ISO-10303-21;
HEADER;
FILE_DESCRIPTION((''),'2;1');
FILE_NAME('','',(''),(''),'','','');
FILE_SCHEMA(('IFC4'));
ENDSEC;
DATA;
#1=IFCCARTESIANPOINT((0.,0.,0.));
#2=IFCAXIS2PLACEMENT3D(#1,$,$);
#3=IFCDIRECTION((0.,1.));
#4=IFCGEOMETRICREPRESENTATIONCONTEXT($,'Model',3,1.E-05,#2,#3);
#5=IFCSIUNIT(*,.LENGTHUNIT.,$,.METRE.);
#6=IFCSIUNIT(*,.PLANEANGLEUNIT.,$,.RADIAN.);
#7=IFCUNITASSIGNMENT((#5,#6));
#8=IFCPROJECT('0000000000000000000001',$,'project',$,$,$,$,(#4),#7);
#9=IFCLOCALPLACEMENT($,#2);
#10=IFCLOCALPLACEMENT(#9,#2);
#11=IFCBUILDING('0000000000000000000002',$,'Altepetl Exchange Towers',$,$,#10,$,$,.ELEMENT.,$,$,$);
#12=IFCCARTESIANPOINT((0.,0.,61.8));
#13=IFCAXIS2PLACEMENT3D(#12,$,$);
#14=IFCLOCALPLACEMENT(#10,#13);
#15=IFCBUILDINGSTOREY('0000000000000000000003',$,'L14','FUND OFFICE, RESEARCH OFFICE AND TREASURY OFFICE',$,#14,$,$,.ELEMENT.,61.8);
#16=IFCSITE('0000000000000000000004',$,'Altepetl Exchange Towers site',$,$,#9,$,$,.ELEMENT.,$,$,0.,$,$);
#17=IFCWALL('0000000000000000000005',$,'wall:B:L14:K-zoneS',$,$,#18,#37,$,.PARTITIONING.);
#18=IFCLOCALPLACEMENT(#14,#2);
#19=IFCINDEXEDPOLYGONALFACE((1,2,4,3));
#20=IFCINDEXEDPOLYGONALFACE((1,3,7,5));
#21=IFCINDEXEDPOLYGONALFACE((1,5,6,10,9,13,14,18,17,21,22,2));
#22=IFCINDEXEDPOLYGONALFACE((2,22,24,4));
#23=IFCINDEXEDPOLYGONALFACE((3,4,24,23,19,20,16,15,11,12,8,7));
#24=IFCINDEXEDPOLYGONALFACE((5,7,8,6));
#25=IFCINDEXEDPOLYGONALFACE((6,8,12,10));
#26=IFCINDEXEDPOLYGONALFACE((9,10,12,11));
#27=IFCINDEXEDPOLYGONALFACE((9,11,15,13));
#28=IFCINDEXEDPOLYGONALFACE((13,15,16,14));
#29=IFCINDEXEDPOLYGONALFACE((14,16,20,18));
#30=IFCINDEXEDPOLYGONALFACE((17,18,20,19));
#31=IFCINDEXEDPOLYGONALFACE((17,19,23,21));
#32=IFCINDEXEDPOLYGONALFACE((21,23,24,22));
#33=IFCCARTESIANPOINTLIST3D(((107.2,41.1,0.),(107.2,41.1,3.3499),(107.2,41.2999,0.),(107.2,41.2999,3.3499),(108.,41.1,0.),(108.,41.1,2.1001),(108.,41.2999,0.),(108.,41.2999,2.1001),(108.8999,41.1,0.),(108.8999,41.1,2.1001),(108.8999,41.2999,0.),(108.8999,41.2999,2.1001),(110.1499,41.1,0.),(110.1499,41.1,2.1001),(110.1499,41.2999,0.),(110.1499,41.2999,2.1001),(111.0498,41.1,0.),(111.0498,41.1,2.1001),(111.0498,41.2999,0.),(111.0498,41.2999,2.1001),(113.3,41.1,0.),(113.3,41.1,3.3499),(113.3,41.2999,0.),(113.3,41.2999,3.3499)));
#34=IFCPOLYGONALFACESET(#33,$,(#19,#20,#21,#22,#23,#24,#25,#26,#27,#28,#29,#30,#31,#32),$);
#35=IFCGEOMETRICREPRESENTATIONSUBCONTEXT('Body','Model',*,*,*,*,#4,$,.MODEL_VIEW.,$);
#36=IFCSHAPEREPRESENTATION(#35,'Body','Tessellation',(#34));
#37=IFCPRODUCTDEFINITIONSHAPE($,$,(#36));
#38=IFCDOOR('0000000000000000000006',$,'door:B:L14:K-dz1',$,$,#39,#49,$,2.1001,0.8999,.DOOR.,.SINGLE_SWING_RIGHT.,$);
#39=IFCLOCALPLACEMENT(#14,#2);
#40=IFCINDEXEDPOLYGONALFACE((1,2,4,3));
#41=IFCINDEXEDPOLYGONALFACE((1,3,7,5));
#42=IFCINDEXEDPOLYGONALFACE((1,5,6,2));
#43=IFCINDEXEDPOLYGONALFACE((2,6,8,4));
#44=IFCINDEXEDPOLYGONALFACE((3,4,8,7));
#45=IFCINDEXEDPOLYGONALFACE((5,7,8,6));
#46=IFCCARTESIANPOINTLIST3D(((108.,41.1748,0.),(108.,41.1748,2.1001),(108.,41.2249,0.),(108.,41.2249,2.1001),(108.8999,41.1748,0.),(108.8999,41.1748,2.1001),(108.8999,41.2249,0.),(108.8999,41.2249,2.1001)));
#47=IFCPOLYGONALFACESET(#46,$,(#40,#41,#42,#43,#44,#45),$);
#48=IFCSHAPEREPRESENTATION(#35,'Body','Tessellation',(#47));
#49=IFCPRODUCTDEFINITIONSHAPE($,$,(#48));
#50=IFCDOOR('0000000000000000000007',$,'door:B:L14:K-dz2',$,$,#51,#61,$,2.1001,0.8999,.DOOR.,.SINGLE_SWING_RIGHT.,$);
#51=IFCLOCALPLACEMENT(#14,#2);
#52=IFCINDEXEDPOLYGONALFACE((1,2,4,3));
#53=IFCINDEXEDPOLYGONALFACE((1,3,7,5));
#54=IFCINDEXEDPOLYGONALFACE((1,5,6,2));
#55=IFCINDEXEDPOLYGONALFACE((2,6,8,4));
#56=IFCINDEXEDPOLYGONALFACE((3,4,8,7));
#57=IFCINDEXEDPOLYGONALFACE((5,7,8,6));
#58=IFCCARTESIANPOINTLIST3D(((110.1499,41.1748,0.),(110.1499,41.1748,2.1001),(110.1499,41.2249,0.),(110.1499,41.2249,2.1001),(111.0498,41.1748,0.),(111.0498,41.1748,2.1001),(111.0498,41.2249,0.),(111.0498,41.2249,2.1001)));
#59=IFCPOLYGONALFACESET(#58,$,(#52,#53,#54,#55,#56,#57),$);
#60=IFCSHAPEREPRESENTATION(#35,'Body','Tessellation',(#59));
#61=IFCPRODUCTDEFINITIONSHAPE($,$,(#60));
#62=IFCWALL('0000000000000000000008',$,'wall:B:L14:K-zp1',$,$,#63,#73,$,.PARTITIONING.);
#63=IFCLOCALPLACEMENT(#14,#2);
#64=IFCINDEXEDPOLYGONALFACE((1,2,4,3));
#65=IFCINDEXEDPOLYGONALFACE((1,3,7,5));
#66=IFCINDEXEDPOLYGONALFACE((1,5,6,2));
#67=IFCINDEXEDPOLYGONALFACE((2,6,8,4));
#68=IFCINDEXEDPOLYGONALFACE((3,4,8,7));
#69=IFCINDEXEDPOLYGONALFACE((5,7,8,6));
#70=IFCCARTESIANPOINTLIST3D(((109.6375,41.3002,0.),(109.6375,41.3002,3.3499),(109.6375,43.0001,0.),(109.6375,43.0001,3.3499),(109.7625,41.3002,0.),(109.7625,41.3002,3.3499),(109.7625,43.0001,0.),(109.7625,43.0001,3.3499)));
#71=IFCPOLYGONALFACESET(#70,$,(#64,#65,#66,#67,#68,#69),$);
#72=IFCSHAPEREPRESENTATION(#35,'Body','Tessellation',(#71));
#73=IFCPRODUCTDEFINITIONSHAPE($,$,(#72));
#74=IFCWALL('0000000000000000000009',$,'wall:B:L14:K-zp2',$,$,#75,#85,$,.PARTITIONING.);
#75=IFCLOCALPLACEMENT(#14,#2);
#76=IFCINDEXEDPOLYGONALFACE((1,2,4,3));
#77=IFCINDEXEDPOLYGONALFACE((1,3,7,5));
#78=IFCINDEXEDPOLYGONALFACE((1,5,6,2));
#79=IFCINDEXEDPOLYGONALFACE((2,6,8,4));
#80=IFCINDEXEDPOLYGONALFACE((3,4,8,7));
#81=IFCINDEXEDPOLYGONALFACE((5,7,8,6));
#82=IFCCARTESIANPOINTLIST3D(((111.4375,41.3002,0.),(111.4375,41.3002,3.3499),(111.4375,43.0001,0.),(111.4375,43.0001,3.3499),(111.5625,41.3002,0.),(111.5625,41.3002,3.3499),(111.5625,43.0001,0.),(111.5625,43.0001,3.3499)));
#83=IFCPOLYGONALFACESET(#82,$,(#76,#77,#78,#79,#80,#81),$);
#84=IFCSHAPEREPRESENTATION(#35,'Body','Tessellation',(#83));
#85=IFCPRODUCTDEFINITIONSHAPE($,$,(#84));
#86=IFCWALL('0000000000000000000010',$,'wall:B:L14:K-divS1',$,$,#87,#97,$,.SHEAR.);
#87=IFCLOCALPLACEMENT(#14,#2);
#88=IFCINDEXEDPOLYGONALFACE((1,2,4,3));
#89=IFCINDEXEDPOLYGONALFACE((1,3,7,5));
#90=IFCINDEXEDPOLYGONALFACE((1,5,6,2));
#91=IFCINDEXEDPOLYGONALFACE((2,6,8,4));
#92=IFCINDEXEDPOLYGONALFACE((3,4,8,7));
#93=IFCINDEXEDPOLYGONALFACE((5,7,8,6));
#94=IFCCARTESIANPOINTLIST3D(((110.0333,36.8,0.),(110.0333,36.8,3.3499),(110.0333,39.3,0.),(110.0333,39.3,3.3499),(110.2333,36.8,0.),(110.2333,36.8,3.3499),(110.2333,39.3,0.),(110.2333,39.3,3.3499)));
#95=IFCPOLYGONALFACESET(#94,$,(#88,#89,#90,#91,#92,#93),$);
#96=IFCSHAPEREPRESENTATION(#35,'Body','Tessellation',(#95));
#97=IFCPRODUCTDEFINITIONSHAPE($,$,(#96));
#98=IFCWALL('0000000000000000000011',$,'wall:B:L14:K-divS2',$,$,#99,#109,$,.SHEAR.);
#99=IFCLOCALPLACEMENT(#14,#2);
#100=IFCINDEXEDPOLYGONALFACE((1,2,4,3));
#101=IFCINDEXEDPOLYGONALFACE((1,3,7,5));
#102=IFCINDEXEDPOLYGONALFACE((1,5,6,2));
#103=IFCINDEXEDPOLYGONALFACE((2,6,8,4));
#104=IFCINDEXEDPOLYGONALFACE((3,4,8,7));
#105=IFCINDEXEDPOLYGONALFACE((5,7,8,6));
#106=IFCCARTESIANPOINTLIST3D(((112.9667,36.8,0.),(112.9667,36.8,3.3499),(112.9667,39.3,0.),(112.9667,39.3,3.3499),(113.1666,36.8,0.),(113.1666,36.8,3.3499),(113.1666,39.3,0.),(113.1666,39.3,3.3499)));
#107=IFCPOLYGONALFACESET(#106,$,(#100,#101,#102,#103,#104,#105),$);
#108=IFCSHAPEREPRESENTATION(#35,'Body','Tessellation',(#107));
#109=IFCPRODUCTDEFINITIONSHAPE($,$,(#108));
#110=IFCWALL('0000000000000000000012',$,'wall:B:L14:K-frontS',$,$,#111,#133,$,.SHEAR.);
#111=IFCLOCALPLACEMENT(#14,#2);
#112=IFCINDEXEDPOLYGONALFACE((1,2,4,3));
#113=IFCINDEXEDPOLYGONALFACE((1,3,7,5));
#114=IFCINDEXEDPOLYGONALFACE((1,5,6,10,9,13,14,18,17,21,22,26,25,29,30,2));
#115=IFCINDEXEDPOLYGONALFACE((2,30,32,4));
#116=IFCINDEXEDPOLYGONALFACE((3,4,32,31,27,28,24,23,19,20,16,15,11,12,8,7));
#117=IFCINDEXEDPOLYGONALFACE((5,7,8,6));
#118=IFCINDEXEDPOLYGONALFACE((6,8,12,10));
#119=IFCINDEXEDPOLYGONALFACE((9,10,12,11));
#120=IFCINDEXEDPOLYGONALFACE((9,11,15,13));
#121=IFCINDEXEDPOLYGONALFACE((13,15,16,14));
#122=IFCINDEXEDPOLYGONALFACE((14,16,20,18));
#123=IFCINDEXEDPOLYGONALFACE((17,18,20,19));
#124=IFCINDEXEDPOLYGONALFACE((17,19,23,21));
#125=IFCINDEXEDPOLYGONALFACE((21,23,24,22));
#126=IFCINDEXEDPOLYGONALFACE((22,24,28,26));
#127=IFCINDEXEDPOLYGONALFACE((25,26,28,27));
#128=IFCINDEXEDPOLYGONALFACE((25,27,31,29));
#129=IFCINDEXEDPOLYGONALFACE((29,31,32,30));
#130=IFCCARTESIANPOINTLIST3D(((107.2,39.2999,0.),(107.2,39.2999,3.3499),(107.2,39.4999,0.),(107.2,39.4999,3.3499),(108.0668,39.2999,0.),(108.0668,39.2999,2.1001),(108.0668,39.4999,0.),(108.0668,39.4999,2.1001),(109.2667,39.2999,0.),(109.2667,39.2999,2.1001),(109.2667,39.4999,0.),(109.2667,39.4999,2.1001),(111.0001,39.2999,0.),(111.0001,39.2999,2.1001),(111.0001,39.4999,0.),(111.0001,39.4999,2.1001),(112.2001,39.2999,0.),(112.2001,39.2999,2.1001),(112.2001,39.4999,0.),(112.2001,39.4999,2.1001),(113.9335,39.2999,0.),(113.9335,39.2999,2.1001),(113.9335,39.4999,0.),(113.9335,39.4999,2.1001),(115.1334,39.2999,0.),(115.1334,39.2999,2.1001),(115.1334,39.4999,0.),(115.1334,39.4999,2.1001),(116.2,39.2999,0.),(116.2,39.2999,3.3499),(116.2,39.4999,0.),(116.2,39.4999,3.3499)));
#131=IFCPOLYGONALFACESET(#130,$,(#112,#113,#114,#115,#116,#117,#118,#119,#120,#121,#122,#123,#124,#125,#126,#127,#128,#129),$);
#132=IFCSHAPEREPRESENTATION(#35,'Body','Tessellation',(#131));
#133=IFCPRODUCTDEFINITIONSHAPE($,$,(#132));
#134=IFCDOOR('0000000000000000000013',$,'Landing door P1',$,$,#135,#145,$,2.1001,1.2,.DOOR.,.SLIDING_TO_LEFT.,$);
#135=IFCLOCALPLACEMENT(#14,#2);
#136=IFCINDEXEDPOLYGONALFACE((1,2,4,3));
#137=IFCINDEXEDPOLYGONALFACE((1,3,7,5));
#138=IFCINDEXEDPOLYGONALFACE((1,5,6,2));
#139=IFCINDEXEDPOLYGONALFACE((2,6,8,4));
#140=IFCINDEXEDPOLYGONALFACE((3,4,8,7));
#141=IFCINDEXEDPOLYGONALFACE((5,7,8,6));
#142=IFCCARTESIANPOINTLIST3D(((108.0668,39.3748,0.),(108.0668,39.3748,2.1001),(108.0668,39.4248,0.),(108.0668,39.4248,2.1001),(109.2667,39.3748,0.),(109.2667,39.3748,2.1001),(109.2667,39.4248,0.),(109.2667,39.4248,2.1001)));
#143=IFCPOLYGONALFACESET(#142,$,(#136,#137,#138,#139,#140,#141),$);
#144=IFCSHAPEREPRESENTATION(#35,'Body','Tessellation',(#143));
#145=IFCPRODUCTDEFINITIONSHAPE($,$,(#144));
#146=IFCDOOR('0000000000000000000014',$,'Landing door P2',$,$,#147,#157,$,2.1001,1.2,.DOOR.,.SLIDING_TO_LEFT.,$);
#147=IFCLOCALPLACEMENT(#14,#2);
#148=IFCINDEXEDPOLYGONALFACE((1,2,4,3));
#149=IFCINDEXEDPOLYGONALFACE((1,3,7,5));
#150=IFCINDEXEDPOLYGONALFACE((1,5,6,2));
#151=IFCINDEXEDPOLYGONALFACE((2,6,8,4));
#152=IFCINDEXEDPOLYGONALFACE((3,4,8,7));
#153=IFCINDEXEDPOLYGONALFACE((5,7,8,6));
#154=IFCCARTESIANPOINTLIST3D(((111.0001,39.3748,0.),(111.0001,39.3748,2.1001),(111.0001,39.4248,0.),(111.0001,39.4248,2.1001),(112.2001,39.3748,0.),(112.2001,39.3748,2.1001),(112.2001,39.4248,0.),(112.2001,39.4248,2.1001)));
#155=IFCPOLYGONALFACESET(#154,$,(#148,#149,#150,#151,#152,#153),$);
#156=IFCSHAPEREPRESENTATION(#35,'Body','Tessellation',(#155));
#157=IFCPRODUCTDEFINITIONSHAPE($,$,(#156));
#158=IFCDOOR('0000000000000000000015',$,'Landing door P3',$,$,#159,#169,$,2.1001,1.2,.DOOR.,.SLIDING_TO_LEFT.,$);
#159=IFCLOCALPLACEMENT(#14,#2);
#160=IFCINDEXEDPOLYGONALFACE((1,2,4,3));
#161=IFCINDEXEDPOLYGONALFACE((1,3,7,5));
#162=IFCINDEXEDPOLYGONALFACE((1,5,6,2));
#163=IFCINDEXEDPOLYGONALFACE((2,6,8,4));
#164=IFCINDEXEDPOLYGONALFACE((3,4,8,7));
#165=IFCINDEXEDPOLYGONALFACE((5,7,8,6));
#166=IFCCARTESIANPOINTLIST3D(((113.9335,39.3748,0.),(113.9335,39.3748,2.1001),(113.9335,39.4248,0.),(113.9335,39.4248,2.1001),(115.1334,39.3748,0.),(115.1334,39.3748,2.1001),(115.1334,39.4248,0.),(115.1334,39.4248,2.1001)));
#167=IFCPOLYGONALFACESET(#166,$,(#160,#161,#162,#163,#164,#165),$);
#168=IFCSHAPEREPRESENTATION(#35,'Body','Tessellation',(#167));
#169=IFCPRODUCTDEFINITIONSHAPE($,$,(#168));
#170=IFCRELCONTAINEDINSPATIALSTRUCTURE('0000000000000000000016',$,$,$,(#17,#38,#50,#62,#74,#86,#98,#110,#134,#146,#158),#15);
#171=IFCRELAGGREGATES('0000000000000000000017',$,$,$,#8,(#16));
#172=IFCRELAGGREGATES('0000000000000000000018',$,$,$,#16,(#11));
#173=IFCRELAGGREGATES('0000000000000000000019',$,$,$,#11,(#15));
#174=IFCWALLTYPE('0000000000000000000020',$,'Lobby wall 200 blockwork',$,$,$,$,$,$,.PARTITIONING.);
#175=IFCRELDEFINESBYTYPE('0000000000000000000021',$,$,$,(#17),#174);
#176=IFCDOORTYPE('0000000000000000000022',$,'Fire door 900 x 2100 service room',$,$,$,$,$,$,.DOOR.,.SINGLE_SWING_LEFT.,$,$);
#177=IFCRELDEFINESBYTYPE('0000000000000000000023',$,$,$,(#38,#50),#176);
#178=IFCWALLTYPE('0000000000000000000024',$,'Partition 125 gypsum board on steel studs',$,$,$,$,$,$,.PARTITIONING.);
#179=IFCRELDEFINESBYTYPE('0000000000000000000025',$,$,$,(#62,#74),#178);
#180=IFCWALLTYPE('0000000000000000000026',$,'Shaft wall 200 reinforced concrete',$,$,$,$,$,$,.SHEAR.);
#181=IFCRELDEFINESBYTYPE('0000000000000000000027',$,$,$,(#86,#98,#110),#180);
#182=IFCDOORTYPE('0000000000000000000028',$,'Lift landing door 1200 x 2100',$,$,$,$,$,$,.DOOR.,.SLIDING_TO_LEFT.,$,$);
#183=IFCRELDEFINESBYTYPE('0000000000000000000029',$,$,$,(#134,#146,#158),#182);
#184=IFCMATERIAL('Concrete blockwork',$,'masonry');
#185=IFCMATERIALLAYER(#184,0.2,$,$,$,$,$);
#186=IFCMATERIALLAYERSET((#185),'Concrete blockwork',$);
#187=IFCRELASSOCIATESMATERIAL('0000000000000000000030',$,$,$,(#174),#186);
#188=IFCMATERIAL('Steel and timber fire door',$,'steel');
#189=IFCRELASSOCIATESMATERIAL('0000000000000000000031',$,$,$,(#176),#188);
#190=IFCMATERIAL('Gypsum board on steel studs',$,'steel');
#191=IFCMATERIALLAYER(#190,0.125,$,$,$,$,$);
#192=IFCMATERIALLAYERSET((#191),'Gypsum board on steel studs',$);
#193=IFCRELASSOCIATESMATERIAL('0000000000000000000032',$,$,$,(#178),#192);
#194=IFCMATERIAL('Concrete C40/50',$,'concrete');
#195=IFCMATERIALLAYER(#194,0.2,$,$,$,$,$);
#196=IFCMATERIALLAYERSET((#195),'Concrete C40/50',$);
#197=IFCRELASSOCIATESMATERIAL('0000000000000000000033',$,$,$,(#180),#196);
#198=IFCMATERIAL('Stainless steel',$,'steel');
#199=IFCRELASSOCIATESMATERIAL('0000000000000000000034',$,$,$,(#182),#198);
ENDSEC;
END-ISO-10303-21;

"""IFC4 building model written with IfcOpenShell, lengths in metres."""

from ifc_helpers import new_model, si_unit, direction, frame, frame_2d, origin, place, context, subcontext, project, spatial, rectangle, extrude, material, layer, layer_set, type_object, element, fill, save


model = new_model("IFC4")

# Units and contexts
model_context = context("Model", 3, precision=1e-05, world=origin(), true_north=direction((0.0, 1.0)))
body_context = subcontext(model_context, "Body", "Model", "MODEL_VIEW")
ifc_project = project(units=[si_unit("LENGTHUNIT", "METRE"), si_unit("PLANEANGLEUNIT", "RADIAN")], contexts=[model_context])

# Site, building, storey
site_placement = place(None, origin())
site = spatial("IfcSite", under=ifc_project, at=site_placement, Name="Altepetl Exchange Towers site", CompositionType="ELEMENT", RefElevation=0.0)
building_placement = place(site_placement, origin())
building = spatial("IfcBuilding", under=site, at=building_placement, Name="Altepetl Exchange Towers", CompositionType="ELEMENT")
storey_placement = place(building_placement, frame((0.0, 0.0, 61.8)))
storey = spatial("IfcBuildingStorey", under=building, at=storey_placement, Name="L14", Description="FUND OFFICE, RESEARCH OFFICE AND TREASURY OFFICE", CompositionType="ELEMENT", Elevation=61.8)

# Shared definitions
ifc_material_1 = material(Name="Steel and timber fire door", Category="steel")

# Wall, openings, doors
ifc_material_2 = material(Name="Concrete blockwork", Category="masonry")
ifc_layer_1 = layer(ifc_material_2, 0.2)
ifc_layer_set_1 = layer_set([ifc_layer_1], Name="Concrete blockwork")
wall_type_1 = type_object("IfcWallType", Name="Lobby wall 200 blockwork", PredefinedType="PARTITIONING", material=ifc_layer_set_1)
wall_1_placement = place(storey_placement, frame((107.2, 41.2, 0.0)))
wall_1 = element("IfcWall", 1, at=wall_1_placement, inside=storey, type_object=wall_type_1, Name="wall:B:L14:K-zoneS", PredefinedType="PARTITIONING", context=body_context, shape_type="SweptSolid", body=[
    extrude(rectangle(XDim=6.1001, YDim=0.2, at=frame_2d((3.05, 0.0))), origin(), (0.0, 0.0, 1.0), 3.3499),
])
opening_1_placement = place(wall_1_placement, frame((0.8, 0.0, 0.0)))
opening_1 = element("IfcOpeningElement", 2, at=opening_1_placement, cuts=wall_1, PredefinedType="OPENING", context=body_context, shape_type="SweptSolid", body=[
    extrude(rectangle(XDim=0.8999, YDim=2.1001, at=frame_2d((0.45, 1.05))), frame((0.0, 0.1099, 0.0), z_axis=(0.0, -1.0, 0.0), x_axis=(1.0, 0.0, 0.0)), (0.0, 0.0, 1.0), 0.22),
])
opening_2_placement = place(wall_1_placement, frame((2.95, 0.0, 0.0)))
opening_2 = element("IfcOpeningElement", 3, at=opening_2_placement, cuts=wall_1, PredefinedType="OPENING", context=body_context, shape_type="SweptSolid", body=[
    extrude(rectangle(XDim=0.8999, YDim=2.1001, at=frame_2d((0.45, 1.05))), frame((0.0, 0.1099, 0.0), z_axis=(0.0, -1.0, 0.0), x_axis=(1.0, 0.0, 0.0)), (0.0, 0.0, 1.0), 0.22),
])
door_type_1 = type_object("IfcDoorType", Name="Fire door 900 x 2100 service room", OperationType="SINGLE_SWING_LEFT", PredefinedType="DOOR", material=ifc_material_1)
door_1_placement = place(opening_1_placement, origin())
door_1 = element("IfcDoor", 4, at=door_1_placement, inside=storey, type_object=door_type_1, Name="door:B:L14:K-dz1", OperationType="SINGLE_SWING_RIGHT", OverallHeight=2.1001, OverallWidth=0.8999, PredefinedType="DOOR", context=body_context, shape_type="SweptSolid", body=[
    extrude(rectangle(XDim=0.8999, YDim=2.1001, at=frame_2d((0.45, 1.05))), frame((0.0, 0.0249, 0.0), z_axis=(0.0, -1.0, 0.0), x_axis=(1.0, 0.0, 0.0)), (0.0, 0.0, 1.0), 0.05),
])
fill(opening_1, door_1)
door_2_placement = place(opening_2_placement, origin())
door_2 = element("IfcDoor", 5, at=door_2_placement, inside=storey, type_object=door_type_1, Name="door:B:L14:K-dz2", OperationType="SINGLE_SWING_RIGHT", OverallHeight=2.1001, OverallWidth=0.8999, PredefinedType="DOOR", context=body_context, shape_type="SweptSolid", body=[
    extrude(rectangle(XDim=0.8999, YDim=2.1001, at=frame_2d((0.45, 1.05))), frame((0.0, 0.0249, 0.0), z_axis=(0.0, -1.0, 0.0), x_axis=(1.0, 0.0, 0.0)), (0.0, 0.0, 1.0), 0.05),
])
fill(opening_2, door_2)

# Walls
ifc_material_3 = material(Name="Gypsum board on steel studs", Category="steel")
ifc_layer_2 = layer(ifc_material_3, 0.125)
ifc_layer_set_2 = layer_set([ifc_layer_2], Name="Gypsum board on steel studs")
wall_type_2 = type_object("IfcWallType", Name="Partition 125 gypsum board on steel studs", PredefinedType="PARTITIONING", material=ifc_layer_set_2)
for number, where, z_axis, x_axis, name in (
    (6, (109.7, 41.3, 0.0), (0.0, 0.0, 1.0), (0.0, 1.0, 0.0), "wall:B:L14:K-zp1"),
    (7, (111.5, 41.3, 0.0), (0.0, 0.0, 1.0), (0.0, 1.0, 0.0), "wall:B:L14:K-zp2"),
):
    element("IfcWall", number, at=place(storey_placement, frame(where, z_axis=z_axis, x_axis=x_axis)), inside=storey, type_object=wall_type_2, Name=name, PredefinedType="PARTITIONING", context=body_context, shape_type="SweptSolid", body=[
        extrude(rectangle(XDim=1.7, YDim=0.125, at=frame_2d((0.8501, 0.0))), origin(), (0.0, 0.0, 1.0), 3.3499),
    ])
ifc_material_4 = material(Name="Concrete C40/50", Category="concrete")
ifc_layer_3 = layer(ifc_material_4, 0.2)
ifc_layer_set_3 = layer_set([ifc_layer_3], Name="Concrete C40/50")
wall_type_3 = type_object("IfcWallType", Name="Shaft wall 200 reinforced concrete", PredefinedType="SHEAR", material=ifc_layer_set_3)
for number, where, z_axis, x_axis, name in (
    (8, (110.1333, 36.8, 0.0), (0.0, 0.0, 1.0), (0.0, 1.0, 0.0), "wall:B:L14:K-divS1"),
    (9, (113.0667, 36.8, 0.0), (0.0, 0.0, 1.0), (0.0, 1.0, 0.0), "wall:B:L14:K-divS2"),
):
    element("IfcWall", number, at=place(storey_placement, frame(where, z_axis=z_axis, x_axis=x_axis)), inside=storey, type_object=wall_type_3, Name=name, PredefinedType="SHEAR", context=body_context, shape_type="SweptSolid", body=[
        extrude(rectangle(XDim=2.5, YDim=0.2, at=frame_2d((1.25, 0.0))), origin(), (0.0, 0.0, 1.0), 3.3499),
    ])

# Wall, openings, doors
wall_2_placement = place(storey_placement, frame((107.2, 39.3999, 0.0)))
wall_2 = element("IfcWall", 10, at=wall_2_placement, inside=storey, type_object=wall_type_3, Name="wall:B:L14:K-frontS", PredefinedType="SHEAR", context=body_context, shape_type="SweptSolid", body=[
    extrude(rectangle(XDim=9.0, YDim=0.2, at=frame_2d((4.5, 0.0))), origin(), (0.0, 0.0, 1.0), 3.3499),
])
opening_3_placement = place(wall_2_placement, frame((0.8667, 0.0, 0.0)))
opening_3 = element("IfcOpeningElement", 11, at=opening_3_placement, cuts=wall_2, PredefinedType="OPENING", context=body_context, shape_type="SweptSolid", body=[
    extrude(rectangle(XDim=1.2, YDim=2.1001, at=frame_2d((0.6001, 1.05))), frame((0.0, 0.1099, 0.0), z_axis=(0.0, -1.0, 0.0), x_axis=(1.0, 0.0, 0.0)), (0.0, 0.0, 1.0), 0.22),
])
opening_4_placement = place(wall_2_placement, frame((3.8, 0.0, 0.0)))
opening_4 = element("IfcOpeningElement", 12, at=opening_4_placement, cuts=wall_2, PredefinedType="OPENING", context=body_context, shape_type="SweptSolid", body=[
    extrude(rectangle(XDim=1.2, YDim=2.1001, at=frame_2d((0.6001, 1.05))), frame((0.0, 0.1099, 0.0), z_axis=(0.0, -1.0, 0.0), x_axis=(1.0, 0.0, 0.0)), (0.0, 0.0, 1.0), 0.22),
])
opening_5_placement = place(wall_2_placement, frame((6.7334, 0.0, 0.0)))
opening_5 = element("IfcOpeningElement", 13, at=opening_5_placement, cuts=wall_2, PredefinedType="OPENING", context=body_context, shape_type="SweptSolid", body=[
    extrude(rectangle(XDim=1.2, YDim=2.1001, at=frame_2d((0.6001, 1.05))), frame((0.0, 0.1099, 0.0), z_axis=(0.0, -1.0, 0.0), x_axis=(1.0, 0.0, 0.0)), (0.0, 0.0, 1.0), 0.22),
])
ifc_material_5 = material(Name="Stainless steel", Category="steel")
door_type_2 = type_object("IfcDoorType", Name="Lift landing door 1200 x 2100", OperationType="SLIDING_TO_LEFT", PredefinedType="DOOR", material=ifc_material_5)
door_3_placement = place(opening_3_placement, origin())
door_3 = element("IfcDoor", 14, at=door_3_placement, inside=storey, type_object=door_type_2, Name="Landing door P1", OperationType="SLIDING_TO_LEFT", OverallHeight=2.1001, OverallWidth=1.2, PredefinedType="DOOR", context=body_context, shape_type="SweptSolid", body=[
    extrude(rectangle(XDim=1.2, YDim=2.1001, at=frame_2d((0.6001, 1.05))), frame((0.0, 0.0249, 0.0), z_axis=(0.0, -1.0, 0.0), x_axis=(1.0, 0.0, 0.0)), (0.0, 0.0, 1.0), 0.05),
])
fill(opening_3, door_3)
door_4_placement = place(opening_4_placement, origin())
door_4 = element("IfcDoor", 15, at=door_4_placement, inside=storey, type_object=door_type_2, Name="Landing door P2", OperationType="SLIDING_TO_LEFT", OverallHeight=2.1001, OverallWidth=1.2, PredefinedType="DOOR", context=body_context, shape_type="SweptSolid", body=[
    extrude(rectangle(XDim=1.2, YDim=2.1001, at=frame_2d((0.6001, 1.05))), frame((0.0, 0.0249, 0.0), z_axis=(0.0, -1.0, 0.0), x_axis=(1.0, 0.0, 0.0)), (0.0, 0.0, 1.0), 0.05),
])
fill(opening_4, door_4)
door_5_placement = place(opening_5_placement, origin())
door_5 = element("IfcDoor", 16, at=door_5_placement, inside=storey, type_object=door_type_2, Name="Landing door P3", OperationType="SLIDING_TO_LEFT", OverallHeight=2.1001, OverallWidth=1.2, PredefinedType="DOOR", context=body_context, shape_type="SweptSolid", body=[
    extrude(rectangle(XDim=1.2, YDim=2.1001, at=frame_2d((0.6001, 1.05))), frame((0.0, 0.0249, 0.0), z_axis=(0.0, -1.0, 0.0), x_axis=(1.0, 0.0, 0.0)), (0.0, 0.0, 1.0), 0.05),
])
fill(opening_5, door_5)

save(model, "model.ifc")
